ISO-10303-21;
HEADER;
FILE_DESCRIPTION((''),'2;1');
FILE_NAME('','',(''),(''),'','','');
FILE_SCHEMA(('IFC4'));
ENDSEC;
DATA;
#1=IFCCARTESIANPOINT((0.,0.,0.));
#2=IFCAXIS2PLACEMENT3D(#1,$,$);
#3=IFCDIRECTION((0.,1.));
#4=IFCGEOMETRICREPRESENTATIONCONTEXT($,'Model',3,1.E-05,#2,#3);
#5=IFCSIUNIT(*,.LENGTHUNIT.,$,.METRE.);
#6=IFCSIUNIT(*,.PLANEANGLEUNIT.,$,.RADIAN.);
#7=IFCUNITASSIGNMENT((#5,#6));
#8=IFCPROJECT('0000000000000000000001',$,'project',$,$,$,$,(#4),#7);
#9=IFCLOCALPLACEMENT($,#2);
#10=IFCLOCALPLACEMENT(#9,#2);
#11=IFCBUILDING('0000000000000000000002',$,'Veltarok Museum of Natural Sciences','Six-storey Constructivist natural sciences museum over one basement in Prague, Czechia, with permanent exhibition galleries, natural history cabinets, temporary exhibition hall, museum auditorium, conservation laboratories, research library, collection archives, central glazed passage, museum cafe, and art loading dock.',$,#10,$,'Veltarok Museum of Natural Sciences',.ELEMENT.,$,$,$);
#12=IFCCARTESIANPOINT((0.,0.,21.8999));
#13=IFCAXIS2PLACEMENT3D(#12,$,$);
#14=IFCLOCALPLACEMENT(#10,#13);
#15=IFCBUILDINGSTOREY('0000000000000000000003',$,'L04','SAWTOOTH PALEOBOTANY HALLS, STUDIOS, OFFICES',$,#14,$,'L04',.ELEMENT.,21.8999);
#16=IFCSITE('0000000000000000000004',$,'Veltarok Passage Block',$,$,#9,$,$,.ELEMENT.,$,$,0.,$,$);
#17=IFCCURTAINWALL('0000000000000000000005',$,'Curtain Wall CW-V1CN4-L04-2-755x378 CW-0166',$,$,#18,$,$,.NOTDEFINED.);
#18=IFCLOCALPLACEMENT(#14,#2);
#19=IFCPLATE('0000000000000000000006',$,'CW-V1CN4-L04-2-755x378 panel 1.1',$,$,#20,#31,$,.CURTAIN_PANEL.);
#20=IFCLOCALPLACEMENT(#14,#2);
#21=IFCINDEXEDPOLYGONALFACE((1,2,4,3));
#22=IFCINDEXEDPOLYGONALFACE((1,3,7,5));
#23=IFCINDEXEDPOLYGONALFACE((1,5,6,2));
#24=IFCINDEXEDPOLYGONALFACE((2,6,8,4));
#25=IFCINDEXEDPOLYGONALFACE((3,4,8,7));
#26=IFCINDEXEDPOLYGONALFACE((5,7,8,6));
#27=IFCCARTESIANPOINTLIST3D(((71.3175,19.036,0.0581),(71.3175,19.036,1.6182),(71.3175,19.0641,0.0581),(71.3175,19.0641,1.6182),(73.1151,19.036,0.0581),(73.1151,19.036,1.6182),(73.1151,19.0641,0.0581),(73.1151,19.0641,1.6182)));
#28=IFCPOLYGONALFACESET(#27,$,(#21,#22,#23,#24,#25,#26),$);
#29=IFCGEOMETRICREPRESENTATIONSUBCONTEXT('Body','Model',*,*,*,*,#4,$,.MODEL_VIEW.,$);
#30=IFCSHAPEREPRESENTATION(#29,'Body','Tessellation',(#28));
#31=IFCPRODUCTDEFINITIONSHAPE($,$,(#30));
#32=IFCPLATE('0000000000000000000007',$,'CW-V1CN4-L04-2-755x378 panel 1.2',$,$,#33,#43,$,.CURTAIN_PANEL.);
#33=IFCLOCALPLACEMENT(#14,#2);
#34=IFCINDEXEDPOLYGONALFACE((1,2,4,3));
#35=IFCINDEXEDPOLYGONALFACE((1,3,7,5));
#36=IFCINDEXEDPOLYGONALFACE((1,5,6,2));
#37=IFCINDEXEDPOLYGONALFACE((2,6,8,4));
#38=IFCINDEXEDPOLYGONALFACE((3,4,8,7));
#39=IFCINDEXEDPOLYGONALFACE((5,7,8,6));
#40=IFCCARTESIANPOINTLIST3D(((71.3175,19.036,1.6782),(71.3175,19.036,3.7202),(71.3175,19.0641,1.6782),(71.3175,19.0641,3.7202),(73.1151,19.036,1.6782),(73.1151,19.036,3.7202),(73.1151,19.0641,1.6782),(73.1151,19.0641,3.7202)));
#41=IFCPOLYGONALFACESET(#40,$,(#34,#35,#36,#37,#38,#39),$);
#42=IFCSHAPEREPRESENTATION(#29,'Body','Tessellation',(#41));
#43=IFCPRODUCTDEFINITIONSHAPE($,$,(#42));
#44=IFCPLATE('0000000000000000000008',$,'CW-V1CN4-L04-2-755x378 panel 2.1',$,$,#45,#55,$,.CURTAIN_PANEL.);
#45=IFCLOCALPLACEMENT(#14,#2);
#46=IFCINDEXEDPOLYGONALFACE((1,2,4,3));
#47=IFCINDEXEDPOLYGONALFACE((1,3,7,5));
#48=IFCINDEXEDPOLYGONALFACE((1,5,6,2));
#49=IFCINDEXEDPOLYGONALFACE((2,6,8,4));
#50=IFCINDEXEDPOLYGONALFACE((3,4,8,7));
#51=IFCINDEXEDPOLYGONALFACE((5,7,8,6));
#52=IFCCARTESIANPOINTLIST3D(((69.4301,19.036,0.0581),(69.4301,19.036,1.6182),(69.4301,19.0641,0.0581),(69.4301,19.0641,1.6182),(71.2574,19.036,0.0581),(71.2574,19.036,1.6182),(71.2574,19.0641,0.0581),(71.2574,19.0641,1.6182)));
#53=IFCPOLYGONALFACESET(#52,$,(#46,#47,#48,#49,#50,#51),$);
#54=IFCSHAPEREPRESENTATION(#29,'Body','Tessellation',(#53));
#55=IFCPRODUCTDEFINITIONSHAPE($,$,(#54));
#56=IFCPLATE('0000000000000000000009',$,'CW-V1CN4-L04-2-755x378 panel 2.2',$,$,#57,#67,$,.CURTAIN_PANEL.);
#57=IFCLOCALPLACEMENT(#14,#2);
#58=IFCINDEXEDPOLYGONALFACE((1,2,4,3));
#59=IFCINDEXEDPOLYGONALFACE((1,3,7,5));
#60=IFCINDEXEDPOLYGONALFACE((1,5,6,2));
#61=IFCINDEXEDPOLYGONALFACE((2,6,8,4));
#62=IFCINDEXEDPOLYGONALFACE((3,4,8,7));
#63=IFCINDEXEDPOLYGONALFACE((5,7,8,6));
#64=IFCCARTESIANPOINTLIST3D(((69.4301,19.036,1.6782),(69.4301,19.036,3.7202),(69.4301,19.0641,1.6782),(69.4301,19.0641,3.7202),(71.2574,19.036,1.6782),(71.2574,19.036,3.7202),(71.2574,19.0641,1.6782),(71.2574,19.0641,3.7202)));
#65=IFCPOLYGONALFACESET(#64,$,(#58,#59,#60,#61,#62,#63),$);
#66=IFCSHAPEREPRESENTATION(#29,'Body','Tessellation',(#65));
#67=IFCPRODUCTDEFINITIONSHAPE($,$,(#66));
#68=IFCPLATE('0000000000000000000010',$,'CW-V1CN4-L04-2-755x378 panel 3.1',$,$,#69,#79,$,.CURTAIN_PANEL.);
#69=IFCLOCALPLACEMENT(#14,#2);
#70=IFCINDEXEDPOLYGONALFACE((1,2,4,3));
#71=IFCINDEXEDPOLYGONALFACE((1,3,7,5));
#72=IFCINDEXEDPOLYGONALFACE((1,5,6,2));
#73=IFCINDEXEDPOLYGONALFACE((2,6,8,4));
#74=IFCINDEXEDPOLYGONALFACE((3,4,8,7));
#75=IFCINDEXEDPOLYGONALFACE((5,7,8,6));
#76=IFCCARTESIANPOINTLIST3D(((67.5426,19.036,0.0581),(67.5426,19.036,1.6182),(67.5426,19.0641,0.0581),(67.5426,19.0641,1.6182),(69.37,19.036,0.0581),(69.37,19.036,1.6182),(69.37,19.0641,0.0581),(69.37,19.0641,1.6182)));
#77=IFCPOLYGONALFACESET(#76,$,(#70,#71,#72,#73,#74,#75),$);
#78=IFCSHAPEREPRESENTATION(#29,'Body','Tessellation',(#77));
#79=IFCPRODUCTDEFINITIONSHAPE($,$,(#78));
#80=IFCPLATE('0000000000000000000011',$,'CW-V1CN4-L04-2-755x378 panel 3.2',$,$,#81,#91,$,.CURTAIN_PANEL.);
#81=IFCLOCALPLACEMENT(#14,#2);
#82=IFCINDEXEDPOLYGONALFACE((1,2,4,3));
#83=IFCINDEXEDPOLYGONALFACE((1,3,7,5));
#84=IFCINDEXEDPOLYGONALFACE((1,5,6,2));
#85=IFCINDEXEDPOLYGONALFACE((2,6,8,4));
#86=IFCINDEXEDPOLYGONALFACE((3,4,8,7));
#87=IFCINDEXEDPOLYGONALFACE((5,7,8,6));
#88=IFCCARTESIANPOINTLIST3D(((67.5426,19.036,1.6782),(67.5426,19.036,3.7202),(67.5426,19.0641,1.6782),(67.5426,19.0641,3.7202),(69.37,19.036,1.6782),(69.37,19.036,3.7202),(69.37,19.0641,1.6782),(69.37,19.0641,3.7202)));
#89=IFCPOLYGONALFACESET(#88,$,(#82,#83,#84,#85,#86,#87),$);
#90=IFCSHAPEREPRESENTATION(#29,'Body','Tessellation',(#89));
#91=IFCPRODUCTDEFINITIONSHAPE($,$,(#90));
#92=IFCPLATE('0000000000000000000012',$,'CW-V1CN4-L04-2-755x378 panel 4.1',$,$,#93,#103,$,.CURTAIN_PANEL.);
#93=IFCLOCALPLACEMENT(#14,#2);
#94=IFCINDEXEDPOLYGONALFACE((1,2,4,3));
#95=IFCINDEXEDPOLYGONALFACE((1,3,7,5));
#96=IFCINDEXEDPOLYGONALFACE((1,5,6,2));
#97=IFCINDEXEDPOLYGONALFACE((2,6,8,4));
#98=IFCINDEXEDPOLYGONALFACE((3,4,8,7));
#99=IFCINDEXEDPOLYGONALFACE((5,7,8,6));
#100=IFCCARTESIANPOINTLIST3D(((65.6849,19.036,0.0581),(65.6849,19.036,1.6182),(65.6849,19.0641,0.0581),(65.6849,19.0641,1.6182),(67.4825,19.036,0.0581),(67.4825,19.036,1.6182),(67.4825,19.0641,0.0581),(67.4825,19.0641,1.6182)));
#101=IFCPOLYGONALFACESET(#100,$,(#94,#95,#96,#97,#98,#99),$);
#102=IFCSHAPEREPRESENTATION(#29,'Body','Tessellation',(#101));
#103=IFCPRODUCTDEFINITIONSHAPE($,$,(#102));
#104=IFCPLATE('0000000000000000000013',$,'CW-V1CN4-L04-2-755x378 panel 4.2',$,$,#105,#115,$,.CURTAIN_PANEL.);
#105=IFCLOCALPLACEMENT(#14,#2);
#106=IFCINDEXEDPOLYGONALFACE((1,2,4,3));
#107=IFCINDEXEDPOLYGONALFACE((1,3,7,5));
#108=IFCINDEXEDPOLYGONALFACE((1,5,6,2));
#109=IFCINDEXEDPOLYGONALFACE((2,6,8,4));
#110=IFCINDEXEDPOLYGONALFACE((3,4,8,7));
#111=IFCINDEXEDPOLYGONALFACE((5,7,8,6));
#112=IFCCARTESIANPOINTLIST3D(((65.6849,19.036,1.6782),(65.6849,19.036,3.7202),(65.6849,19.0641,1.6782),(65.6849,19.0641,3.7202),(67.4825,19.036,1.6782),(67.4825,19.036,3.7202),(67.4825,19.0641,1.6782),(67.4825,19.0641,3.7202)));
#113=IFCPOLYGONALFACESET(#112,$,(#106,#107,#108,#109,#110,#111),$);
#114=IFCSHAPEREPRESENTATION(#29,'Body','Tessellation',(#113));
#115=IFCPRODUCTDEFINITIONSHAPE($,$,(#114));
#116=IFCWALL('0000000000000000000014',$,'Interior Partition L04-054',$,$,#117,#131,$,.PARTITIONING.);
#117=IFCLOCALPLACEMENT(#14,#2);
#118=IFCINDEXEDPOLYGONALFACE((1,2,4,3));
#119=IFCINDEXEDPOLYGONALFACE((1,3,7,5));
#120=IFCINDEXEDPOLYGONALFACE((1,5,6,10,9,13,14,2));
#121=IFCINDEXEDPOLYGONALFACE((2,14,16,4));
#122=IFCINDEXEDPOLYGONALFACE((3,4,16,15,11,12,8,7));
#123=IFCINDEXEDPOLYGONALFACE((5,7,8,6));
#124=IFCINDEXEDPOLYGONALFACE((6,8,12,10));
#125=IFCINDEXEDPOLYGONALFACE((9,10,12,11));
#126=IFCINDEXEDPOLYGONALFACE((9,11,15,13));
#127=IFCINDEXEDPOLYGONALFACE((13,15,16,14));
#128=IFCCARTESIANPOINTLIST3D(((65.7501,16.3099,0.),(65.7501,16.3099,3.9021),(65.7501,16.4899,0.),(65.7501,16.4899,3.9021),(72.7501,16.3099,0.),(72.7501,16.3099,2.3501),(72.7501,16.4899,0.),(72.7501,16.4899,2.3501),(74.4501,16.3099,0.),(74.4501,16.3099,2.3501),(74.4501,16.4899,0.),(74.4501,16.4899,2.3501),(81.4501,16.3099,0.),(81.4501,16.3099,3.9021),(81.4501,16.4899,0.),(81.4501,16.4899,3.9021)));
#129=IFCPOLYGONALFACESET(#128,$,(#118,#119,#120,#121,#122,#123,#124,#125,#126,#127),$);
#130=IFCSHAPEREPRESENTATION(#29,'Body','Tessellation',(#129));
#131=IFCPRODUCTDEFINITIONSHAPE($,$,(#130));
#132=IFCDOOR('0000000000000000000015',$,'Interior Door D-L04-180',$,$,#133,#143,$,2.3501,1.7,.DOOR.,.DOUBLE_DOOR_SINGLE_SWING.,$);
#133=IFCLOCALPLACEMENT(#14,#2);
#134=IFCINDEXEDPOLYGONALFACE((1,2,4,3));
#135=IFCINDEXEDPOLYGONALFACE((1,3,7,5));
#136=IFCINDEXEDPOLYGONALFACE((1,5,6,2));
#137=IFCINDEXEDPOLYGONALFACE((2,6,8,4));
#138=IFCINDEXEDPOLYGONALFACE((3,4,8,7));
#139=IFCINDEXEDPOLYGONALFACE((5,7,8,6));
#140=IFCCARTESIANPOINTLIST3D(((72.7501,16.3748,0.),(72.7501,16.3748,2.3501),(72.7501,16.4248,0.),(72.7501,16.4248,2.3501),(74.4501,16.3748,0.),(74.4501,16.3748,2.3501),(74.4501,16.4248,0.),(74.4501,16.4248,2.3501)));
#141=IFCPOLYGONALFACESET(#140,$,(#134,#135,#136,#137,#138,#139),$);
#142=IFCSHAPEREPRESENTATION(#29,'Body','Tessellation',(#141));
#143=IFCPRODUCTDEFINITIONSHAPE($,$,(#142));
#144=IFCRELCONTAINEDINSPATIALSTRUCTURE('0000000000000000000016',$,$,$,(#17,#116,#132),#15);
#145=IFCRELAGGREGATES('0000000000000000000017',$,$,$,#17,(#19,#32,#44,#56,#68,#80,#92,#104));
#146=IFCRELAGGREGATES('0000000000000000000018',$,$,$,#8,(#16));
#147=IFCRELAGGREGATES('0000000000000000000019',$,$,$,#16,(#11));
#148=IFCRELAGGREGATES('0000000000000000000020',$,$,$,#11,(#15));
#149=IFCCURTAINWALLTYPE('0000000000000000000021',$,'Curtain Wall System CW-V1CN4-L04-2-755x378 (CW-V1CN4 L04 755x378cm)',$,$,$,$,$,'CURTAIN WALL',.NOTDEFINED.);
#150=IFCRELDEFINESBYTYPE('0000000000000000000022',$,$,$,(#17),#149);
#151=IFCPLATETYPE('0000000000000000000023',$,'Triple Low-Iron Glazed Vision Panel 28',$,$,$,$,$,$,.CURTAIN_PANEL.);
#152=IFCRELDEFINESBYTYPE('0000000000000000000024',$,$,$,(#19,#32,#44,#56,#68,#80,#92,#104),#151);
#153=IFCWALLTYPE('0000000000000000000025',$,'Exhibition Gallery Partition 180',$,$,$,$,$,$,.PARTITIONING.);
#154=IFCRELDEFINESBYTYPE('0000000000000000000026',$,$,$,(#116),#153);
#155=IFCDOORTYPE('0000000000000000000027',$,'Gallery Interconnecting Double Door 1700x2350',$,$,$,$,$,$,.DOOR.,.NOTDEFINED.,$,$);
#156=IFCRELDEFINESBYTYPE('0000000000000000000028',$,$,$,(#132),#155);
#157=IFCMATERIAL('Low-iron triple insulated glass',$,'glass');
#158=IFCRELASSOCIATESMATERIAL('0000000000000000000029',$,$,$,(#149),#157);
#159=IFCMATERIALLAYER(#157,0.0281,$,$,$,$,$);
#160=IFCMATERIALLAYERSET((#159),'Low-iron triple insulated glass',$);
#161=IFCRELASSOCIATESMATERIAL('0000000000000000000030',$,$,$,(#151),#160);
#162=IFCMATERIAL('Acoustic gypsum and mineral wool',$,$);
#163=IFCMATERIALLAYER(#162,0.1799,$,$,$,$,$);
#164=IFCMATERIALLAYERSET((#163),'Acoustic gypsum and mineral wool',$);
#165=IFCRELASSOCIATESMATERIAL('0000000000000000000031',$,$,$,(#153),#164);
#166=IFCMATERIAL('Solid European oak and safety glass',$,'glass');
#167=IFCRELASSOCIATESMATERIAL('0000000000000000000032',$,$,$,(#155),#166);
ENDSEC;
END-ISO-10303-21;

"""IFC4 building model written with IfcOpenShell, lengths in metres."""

from ifc_helpers import new_model, si_unit, direction, frame, frame_2d, origin, origin_2d, place, context, subcontext, project, spatial, rectangle, extrude, material, layer, layer_set, type_object, element, fill, aggregate, save


model = new_model("IFC4")

# Units and contexts
model_context = context("Model", 3, precision=1e-05, world=origin(), true_north=direction((0.0, 1.0)))
body_context = subcontext(model_context, "Body", "Model", "MODEL_VIEW")
ifc_project = project(units=[si_unit("LENGTHUNIT", "METRE"), si_unit("PLANEANGLEUNIT", "RADIAN")], contexts=[model_context])

# Site, building, storey
site_placement = place(None, origin())
site = spatial("IfcSite", under=ifc_project, at=site_placement, Name="Veltarok Passage Block", CompositionType="ELEMENT", RefElevation=0.0)
building_placement = place(site_placement, origin())
building = spatial("IfcBuilding", under=site, at=building_placement, Name="Veltarok Museum of Natural Sciences", Description="Six-storey Constructivist natural sciences museum over one basement in Prague, Czechia, with permanent exhibition galleries, natural history cabinets, temporary exhibition hall, museum auditorium, conservation laboratories, research library, collection archives, central glazed passage, museum cafe, and art loading dock.", LongName="Veltarok Museum of Natural Sciences", CompositionType="ELEMENT")
storey_placement = place(building_placement, frame((0.0, 0.0, 21.8999)))
storey = spatial("IfcBuildingStorey", under=building, at=storey_placement, Name="L04", Description="SAWTOOTH PALEOBOTANY HALLS, STUDIOS, OFFICES", LongName="L04", CompositionType="ELEMENT", Elevation=21.8999)

# Curtain wall
ifc_material_1 = material(Name="Low-iron triple insulated glass", Category="glass")
curtain_wall_type = type_object("IfcCurtainWallType", Name="Curtain Wall System CW-V1CN4-L04-2-755x378 (CW-V1CN4 L04 755x378cm)", ElementType="CURTAIN WALL", PredefinedType="NOTDEFINED", material=ifc_material_1)
curtain_wall_placement = place(storey_placement, origin())
curtain_wall = element("IfcCurtainWall", 1, at=curtain_wall_placement, inside=storey, type_object=curtain_wall_type, Name="Curtain Wall CW-V1CN4-L04-2-755x378 CW-0166", PredefinedType="NOTDEFINED")

# Plates
ifc_layer_1 = layer(ifc_material_1, 0.0281)
ifc_layer_set_1 = layer_set([ifc_layer_1], Name="Low-iron triple insulated glass")
plate_type = type_object("IfcPlateType", Name="Triple Low-Iron Glazed Vision Panel 28", PredefinedType="CURTAIN_PANEL", material=ifc_layer_set_1)
plate_1_placement = place(storey_placement, frame((72.2163, 19.05, 0.0581), z_axis=(0.0, 0.0, 1.0), x_axis=(-1.0, 0.0, 0.0)))
plate_1 = element("IfcPlate", 2, at=plate_1_placement, type_object=plate_type, Name="CW-V1CN4-L04-2-755x378 panel 1.1", PredefinedType="CURTAIN_PANEL", context=body_context, shape_type="SweptSolid", body=[
    extrude(rectangle(XDim=1.7976, YDim=0.0281, at=origin_2d()), origin(), (0.0, 0.0, 1.0), 1.5601),
])
plate_2_placement = place(storey_placement, frame((72.2163, 19.05, 1.6782), z_axis=(0.0, 0.0, 1.0), x_axis=(-1.0, 0.0, 0.0)))
plate_2 = element("IfcPlate", 3, at=plate_2_placement, type_object=plate_type, Name="CW-V1CN4-L04-2-755x378 panel 1.2", PredefinedType="CURTAIN_PANEL", context=body_context, shape_type="SweptSolid", body=[
    extrude(rectangle(XDim=1.7976, YDim=0.0281, at=origin_2d()), origin(), (0.0, 0.0, 1.0), 2.042),
])
plate_3_placement = place(storey_placement, frame((70.3438, 19.05, 0.0581), z_axis=(0.0, 0.0, 1.0), x_axis=(-1.0, 0.0, 0.0)))
plate_3 = element("IfcPlate", 4, at=plate_3_placement, type_object=plate_type, Name="CW-V1CN4-L04-2-755x378 panel 2.1", PredefinedType="CURTAIN_PANEL", context=body_context, shape_type="SweptSolid", body=[
    extrude(rectangle(XDim=1.8274, YDim=0.0281, at=origin_2d()), origin(), (0.0, 0.0, 1.0), 1.5601),
])
plate_4_placement = place(storey_placement, frame((70.3438, 19.05, 1.6782), z_axis=(0.0, 0.0, 1.0), x_axis=(-1.0, 0.0, 0.0)))
plate_4 = element("IfcPlate", 5, at=plate_4_placement, type_object=plate_type, Name="CW-V1CN4-L04-2-755x378 panel 2.2", PredefinedType="CURTAIN_PANEL", context=body_context, shape_type="SweptSolid", body=[
    extrude(rectangle(XDim=1.8274, YDim=0.0281, at=origin_2d()), origin(), (0.0, 0.0, 1.0), 2.042),
])
plate_5_placement = place(storey_placement, frame((68.4563, 19.05, 0.0581), z_axis=(0.0, 0.0, 1.0), x_axis=(-1.0, 0.0, 0.0)))
plate_5 = element("IfcPlate", 6, at=plate_5_placement, type_object=plate_type, Name="CW-V1CN4-L04-2-755x378 panel 3.1", PredefinedType="CURTAIN_PANEL", context=body_context, shape_type="SweptSolid", body=[
    extrude(rectangle(XDim=1.8274, YDim=0.0281, at=origin_2d()), origin(), (0.0, 0.0, 1.0), 1.5601),
])
plate_6_placement = place(storey_placement, frame((68.4563, 19.05, 1.6782), z_axis=(0.0, 0.0, 1.0), x_axis=(-1.0, 0.0, 0.0)))
plate_6 = element("IfcPlate", 7, at=plate_6_placement, type_object=plate_type, Name="CW-V1CN4-L04-2-755x378 panel 3.2", PredefinedType="CURTAIN_PANEL", context=body_context, shape_type="SweptSolid", body=[
    extrude(rectangle(XDim=1.8274, YDim=0.0281, at=origin_2d()), origin(), (0.0, 0.0, 1.0), 2.042),
])
plate_7_placement = place(storey_placement, frame((66.5837, 19.05, 0.0581), z_axis=(0.0, 0.0, 1.0), x_axis=(-1.0, 0.0, 0.0)))
plate_7 = element("IfcPlate", 8, at=plate_7_placement, type_object=plate_type, Name="CW-V1CN4-L04-2-755x378 panel 4.1", PredefinedType="CURTAIN_PANEL", context=body_context, shape_type="SweptSolid", body=[
    extrude(rectangle(XDim=1.7976, YDim=0.0281, at=origin_2d()), origin(), (0.0, 0.0, 1.0), 1.5601),
])
plate_8_placement = place(storey_placement, frame((66.5837, 19.05, 1.6782), z_axis=(0.0, 0.0, 1.0), x_axis=(-1.0, 0.0, 0.0)))
plate_8 = element("IfcPlate", 9, at=plate_8_placement, type_object=plate_type, Name="CW-V1CN4-L04-2-755x378 panel 4.2", PredefinedType="CURTAIN_PANEL", context=body_context, shape_type="SweptSolid", body=[
    extrude(rectangle(XDim=1.7976, YDim=0.0281, at=origin_2d()), origin(), (0.0, 0.0, 1.0), 2.042),
])
aggregate(curtain_wall, [plate_1, plate_2, plate_3, plate_4, plate_5, plate_6, plate_7, plate_8])

# Wall, opening, door
ifc_material_2 = material(Name="Acoustic gypsum and mineral wool")
ifc_layer_2 = layer(ifc_material_2, 0.1799)
ifc_layer_set_2 = layer_set([ifc_layer_2], Name="Acoustic gypsum and mineral wool")
wall_type = type_object("IfcWallType", Name="Exhibition Gallery Partition 180", PredefinedType="PARTITIONING", material=ifc_layer_set_2)
wall_placement = place(storey_placement, frame((65.75, 16.3999, 0.0), z_axis=(0.0, 0.0, 1.0), x_axis=(1.0, 0.0, 0.0)))
wall = element("IfcWall", 10, at=wall_placement, inside=storey, type_object=wall_type, Name="Interior Partition L04-054", PredefinedType="PARTITIONING", context=body_context, shape_type="SweptSolid", body=[
    extrude(rectangle(XDim=15.7, YDim=0.1799, at=frame_2d((7.8501, 0.0))), origin(), (0.0, 0.0, 1.0), 3.9021),
])
opening_placement = place(wall_placement, frame((7.0, 0.0, 0.0)))
opening = element("IfcOpeningElement", 11, at=opening_placement, cuts=wall, PredefinedType="OPENING", context=body_context, shape_type="SweptSolid", body=[
    extrude(rectangle(XDim=1.7, YDim=2.3501, at=frame_2d((0.8501, 1.175))), frame((0.0, 0.1001, 0.0), z_axis=(0.0, -1.0, 0.0), x_axis=(1.0, 0.0, 0.0)), (0.0, 0.0, 1.0), 0.2),
])
ifc_material_3 = material(Name="Solid European oak and safety glass", Category="glass")
door_type = type_object("IfcDoorType", Name="Gallery Interconnecting Double Door 1700x2350", OperationType="NOTDEFINED", PredefinedType="DOOR", material=ifc_material_3)
door_placement = place(opening_placement, origin())
door = element("IfcDoor", 12, at=door_placement, inside=storey, type_object=door_type, Name="Interior Door D-L04-180", OperationType="DOUBLE_DOOR_SINGLE_SWING", OverallHeight=2.3501, OverallWidth=1.7, PredefinedType="DOOR", context=body_context, shape_type="SweptSolid", body=[
    extrude(rectangle(XDim=1.7, YDim=2.3501, at=frame_2d((0.8501, 1.175))), frame((0.0, 0.0249, 0.0), z_axis=(0.0, -1.0, 0.0), x_axis=(1.0, 0.0, 0.0)), (0.0, 0.0, 1.0), 0.05),
])
fill(opening, door)

save(model, "model.ifc")
